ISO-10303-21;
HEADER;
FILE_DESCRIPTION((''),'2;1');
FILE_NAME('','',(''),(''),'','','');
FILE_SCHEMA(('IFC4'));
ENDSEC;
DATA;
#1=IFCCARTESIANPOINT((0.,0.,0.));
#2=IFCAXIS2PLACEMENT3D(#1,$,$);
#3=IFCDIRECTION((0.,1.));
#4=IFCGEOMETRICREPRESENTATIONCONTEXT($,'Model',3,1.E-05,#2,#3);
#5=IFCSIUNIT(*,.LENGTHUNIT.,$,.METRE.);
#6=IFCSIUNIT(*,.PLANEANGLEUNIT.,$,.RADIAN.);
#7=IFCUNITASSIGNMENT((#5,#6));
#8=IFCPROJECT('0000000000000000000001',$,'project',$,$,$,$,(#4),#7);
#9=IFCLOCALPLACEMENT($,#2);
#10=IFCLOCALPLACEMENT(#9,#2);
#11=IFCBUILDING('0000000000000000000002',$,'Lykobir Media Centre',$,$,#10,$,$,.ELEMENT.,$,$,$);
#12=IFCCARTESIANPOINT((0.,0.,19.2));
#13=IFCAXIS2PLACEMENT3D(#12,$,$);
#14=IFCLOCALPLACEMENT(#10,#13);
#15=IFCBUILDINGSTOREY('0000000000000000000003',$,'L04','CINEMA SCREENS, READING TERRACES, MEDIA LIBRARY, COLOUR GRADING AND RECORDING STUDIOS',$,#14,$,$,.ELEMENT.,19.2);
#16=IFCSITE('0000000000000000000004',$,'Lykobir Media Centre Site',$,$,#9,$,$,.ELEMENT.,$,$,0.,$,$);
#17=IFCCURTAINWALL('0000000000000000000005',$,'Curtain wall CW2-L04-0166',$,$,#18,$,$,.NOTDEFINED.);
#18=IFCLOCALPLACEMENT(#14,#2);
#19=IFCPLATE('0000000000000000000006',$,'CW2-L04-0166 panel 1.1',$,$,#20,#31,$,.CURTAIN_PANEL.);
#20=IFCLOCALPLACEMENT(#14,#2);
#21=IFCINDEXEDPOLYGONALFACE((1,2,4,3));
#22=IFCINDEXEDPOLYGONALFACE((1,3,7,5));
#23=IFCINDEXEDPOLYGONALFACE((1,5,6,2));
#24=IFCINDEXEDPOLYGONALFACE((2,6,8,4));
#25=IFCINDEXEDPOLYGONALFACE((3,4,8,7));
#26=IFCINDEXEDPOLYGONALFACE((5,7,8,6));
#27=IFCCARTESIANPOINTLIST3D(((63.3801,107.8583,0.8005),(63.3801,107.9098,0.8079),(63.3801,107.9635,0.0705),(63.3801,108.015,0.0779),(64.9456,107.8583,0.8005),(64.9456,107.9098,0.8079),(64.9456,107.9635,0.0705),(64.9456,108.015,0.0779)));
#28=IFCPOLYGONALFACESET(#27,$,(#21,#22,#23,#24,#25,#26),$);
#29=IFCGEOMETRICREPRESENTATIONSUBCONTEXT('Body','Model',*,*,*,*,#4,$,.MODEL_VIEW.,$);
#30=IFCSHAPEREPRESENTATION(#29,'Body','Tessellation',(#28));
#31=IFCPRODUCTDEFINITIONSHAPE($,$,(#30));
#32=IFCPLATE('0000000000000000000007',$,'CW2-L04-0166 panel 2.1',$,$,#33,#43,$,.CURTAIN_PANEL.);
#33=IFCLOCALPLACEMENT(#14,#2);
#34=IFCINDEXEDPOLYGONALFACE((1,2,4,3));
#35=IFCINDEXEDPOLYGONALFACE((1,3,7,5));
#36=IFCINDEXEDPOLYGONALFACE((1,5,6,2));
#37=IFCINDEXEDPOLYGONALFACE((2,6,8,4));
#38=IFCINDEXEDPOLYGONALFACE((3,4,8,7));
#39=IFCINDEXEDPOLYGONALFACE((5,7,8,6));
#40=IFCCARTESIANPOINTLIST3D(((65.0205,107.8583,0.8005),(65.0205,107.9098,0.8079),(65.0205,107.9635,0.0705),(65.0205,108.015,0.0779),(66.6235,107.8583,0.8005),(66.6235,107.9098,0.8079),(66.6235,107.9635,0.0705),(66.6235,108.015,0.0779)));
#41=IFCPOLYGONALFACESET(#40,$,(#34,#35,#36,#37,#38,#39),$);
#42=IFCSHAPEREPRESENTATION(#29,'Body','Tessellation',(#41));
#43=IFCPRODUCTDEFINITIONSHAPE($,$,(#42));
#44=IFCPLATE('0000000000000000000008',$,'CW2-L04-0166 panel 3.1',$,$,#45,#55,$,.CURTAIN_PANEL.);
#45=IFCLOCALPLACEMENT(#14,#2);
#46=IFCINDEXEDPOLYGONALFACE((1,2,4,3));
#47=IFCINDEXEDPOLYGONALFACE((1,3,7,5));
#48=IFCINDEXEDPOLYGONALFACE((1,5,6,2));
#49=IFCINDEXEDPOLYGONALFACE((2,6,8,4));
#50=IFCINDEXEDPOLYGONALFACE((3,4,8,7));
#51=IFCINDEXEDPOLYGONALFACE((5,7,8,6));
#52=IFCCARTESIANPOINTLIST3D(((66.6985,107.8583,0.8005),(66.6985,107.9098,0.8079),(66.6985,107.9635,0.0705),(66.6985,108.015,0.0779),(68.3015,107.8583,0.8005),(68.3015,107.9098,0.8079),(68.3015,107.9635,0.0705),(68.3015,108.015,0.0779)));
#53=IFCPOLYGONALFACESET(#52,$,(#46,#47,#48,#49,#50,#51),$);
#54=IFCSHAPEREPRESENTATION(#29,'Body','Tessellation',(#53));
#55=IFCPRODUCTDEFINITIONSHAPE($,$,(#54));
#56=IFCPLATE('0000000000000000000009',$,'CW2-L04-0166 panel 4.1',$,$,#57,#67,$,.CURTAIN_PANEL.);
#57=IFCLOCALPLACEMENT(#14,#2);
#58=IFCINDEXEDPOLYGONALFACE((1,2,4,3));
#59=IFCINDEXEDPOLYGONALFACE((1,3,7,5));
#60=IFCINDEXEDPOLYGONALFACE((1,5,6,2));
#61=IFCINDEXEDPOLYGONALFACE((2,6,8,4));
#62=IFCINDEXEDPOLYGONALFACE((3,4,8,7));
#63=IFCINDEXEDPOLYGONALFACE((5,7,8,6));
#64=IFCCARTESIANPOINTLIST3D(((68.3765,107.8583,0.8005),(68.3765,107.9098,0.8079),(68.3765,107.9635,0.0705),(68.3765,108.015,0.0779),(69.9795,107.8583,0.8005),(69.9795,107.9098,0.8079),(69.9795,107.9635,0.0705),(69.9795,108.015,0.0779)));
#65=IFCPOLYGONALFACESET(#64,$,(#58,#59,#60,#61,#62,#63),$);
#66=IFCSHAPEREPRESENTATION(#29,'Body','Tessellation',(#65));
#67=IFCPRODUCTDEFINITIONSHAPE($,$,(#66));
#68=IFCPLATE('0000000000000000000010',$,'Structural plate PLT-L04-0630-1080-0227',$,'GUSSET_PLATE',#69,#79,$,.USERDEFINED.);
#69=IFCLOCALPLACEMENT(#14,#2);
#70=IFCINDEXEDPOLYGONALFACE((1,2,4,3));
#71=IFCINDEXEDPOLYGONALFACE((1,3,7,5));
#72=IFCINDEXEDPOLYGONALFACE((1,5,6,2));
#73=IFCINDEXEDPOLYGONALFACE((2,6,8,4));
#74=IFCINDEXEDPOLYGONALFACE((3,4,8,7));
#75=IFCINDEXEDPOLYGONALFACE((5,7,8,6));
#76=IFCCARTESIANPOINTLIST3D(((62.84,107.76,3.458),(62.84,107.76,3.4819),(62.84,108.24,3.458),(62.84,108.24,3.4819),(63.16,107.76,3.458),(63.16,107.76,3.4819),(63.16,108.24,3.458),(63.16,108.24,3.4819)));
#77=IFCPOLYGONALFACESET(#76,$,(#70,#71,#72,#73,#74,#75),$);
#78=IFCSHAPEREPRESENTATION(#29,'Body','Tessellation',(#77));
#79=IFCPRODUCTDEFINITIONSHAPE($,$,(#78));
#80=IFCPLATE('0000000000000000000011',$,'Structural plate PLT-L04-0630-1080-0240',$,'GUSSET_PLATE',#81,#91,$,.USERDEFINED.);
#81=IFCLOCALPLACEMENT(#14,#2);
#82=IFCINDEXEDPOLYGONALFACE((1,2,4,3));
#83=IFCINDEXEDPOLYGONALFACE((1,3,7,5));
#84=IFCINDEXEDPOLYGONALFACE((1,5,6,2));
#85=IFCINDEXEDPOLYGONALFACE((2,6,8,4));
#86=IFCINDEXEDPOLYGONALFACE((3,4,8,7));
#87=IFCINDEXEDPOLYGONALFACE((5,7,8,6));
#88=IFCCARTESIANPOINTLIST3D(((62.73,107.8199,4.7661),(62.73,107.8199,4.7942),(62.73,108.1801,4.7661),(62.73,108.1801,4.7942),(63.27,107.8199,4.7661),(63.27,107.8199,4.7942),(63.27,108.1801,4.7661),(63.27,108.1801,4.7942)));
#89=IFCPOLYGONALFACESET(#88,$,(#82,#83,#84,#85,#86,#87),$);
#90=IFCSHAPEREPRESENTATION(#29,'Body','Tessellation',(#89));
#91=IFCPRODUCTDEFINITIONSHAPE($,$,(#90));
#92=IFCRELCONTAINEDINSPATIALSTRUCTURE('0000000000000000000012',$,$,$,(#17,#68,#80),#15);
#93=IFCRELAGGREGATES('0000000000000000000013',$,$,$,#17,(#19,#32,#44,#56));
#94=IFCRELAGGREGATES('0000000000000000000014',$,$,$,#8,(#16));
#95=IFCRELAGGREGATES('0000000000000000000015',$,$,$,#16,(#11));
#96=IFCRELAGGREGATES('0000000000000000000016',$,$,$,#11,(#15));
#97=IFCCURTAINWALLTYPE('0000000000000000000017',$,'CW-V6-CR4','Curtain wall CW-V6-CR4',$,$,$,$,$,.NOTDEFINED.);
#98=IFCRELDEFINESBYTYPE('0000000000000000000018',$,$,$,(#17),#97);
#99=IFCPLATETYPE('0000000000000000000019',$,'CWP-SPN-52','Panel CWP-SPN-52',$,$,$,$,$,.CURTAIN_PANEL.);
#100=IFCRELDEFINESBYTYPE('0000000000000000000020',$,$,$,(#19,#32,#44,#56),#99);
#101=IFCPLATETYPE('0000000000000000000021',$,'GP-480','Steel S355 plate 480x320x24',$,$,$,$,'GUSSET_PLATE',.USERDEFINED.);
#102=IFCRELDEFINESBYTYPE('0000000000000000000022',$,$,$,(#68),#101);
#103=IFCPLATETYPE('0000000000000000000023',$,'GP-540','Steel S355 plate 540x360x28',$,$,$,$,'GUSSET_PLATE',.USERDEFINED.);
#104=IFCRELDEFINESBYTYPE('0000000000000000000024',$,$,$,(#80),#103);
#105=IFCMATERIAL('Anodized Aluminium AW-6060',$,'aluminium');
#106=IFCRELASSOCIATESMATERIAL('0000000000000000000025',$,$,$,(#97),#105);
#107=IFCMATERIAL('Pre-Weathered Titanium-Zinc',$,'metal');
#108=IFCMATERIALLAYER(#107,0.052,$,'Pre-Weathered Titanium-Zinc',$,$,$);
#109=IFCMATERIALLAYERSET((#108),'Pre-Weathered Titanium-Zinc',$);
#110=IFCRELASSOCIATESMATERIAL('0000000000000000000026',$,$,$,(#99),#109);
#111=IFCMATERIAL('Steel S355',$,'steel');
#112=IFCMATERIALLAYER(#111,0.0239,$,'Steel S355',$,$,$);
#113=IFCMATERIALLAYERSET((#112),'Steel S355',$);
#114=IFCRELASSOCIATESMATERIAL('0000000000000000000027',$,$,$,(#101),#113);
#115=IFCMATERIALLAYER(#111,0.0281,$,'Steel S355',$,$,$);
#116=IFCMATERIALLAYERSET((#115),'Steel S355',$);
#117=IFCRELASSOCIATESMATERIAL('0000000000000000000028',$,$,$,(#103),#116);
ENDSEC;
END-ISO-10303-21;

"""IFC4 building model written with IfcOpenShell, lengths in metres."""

from ifc_helpers import new_model, si_unit, direction, frame, origin, origin_2d, place, context, subcontext, project, spatial, rectangle, extrude, material, layer, layer_set, type_object, element, aggregate, save


model = new_model("IFC4")

# Units and contexts
model_context = context("Model", 3, precision=1e-05, world=origin(), true_north=direction((0.0, 1.0)))
body_context = subcontext(model_context, "Body", "Model", "MODEL_VIEW")
ifc_project = project(units=[si_unit("LENGTHUNIT", "METRE"), si_unit("PLANEANGLEUNIT", "RADIAN")], contexts=[model_context])

# Site, building, storey
site_placement = place(None, origin())
site = spatial("IfcSite", under=ifc_project, at=site_placement, Name="Lykobir Media Centre Site", CompositionType="ELEMENT", RefElevation=0.0)
building_placement = place(site_placement, origin())
building = spatial("IfcBuilding", under=site, at=building_placement, Name="Lykobir Media Centre", CompositionType="ELEMENT")
storey_placement = place(building_placement, frame((0.0, 0.0, 19.2)))
storey = spatial("IfcBuildingStorey", under=building, at=storey_placement, Name="L04", Description="CINEMA SCREENS, READING TERRACES, MEDIA LIBRARY, COLOUR GRADING AND RECORDING STUDIOS", CompositionType="ELEMENT", Elevation=19.2)

# Shared definitions
ifc_material_1 = material(Name="Steel S355", Category="steel")

# Curtain wall
ifc_material_2 = material(Name="Anodized Aluminium AW-6060", Category="aluminium")
curtain_wall_type_1 = type_object("IfcCurtainWallType", Name="CW-V6-CR4", Description="Curtain wall CW-V6-CR4", PredefinedType="NOTDEFINED", material=ifc_material_2)
curtain_wall_1_placement = place(storey_placement, origin())
curtain_wall_1 = element("IfcCurtainWall", 1, at=curtain_wall_1_placement, inside=storey, type_object=curtain_wall_type_1, Name="Curtain wall CW2-L04-0166", PredefinedType="NOTDEFINED")

# Plates
ifc_material_3 = material(Name="Pre-Weathered Titanium-Zinc", Category="metal")
ifc_layer_1 = layer(ifc_material_3, 0.052, Name="Pre-Weathered Titanium-Zinc")
ifc_layer_set_1 = layer_set([ifc_layer_1], Name="Pre-Weathered Titanium-Zinc")
plate_type_1 = type_object("IfcPlateType", Name="CWP-SPN-52", Description="Panel CWP-SPN-52", PredefinedType="CURTAIN_PANEL", material=ifc_layer_set_1)
plate_1_placement = place(storey_placement, frame((64.1628, 107.9893, 0.0742), z_axis=(0.0, -0.142629, 0.989776), x_axis=(1.0, 0.0, 0.0)))
plate_1 = element("IfcPlate", 2, at=plate_1_placement, type_object=plate_type_1, Name="CW2-L04-0166 panel 1.1", PredefinedType="CURTAIN_PANEL", context=body_context, shape_type="SweptSolid", body=[
    extrude(rectangle(XDim=1.5654, YDim=0.052, at=origin_2d()), origin(), (0.0, 0.0, 1.0), 0.7375),
])
plate_2_placement = place(storey_placement, frame((65.822, 107.9893, 0.0742), z_axis=(0.0, -0.142629, 0.989776), x_axis=(1.0, 0.0, 0.0)))
plate_2 = element("IfcPlate", 3, at=plate_2_placement, type_object=plate_type_1, Name="CW2-L04-0166 panel 2.1", PredefinedType="CURTAIN_PANEL", context=body_context, shape_type="SweptSolid", body=[
    extrude(rectangle(XDim=1.603, YDim=0.052, at=origin_2d()), origin(), (0.0, 0.0, 1.0), 0.7375),
])
plate_3_placement = place(storey_placement, frame((67.5, 107.9893, 0.0742), z_axis=(0.0, -0.142629, 0.989776), x_axis=(1.0, 0.0, 0.0)))
plate_3 = element("IfcPlate", 4, at=plate_3_placement, type_object=plate_type_1, Name="CW2-L04-0166 panel 3.1", PredefinedType="CURTAIN_PANEL", context=body_context, shape_type="SweptSolid", body=[
    extrude(rectangle(XDim=1.603, YDim=0.052, at=origin_2d()), origin(), (0.0, 0.0, 1.0), 0.7375),
])
plate_4_placement = place(storey_placement, frame((69.178, 107.9893, 0.0742), z_axis=(0.0, -0.142629, 0.989776), x_axis=(1.0, 0.0, 0.0)))
plate_4 = element("IfcPlate", 5, at=plate_4_placement, type_object=plate_type_1, Name="CW2-L04-0166 panel 4.1", PredefinedType="CURTAIN_PANEL", context=body_context, shape_type="SweptSolid", body=[
    extrude(rectangle(XDim=1.603, YDim=0.052, at=origin_2d()), origin(), (0.0, 0.0, 1.0), 0.7375),
])
aggregate(curtain_wall_1, [plate_1, plate_2, plate_3, plate_4])

# Plates
ifc_layer_2 = layer(ifc_material_1, 0.0239, Name="Steel S355")
ifc_layer_set_2 = layer_set([ifc_layer_2], Name="Steel S355")
plate_type_2 = type_object("IfcPlateType", Name="GP-480", Description="Steel S355 plate 480x320x24", ElementType="GUSSET_PLATE", PredefinedType="USERDEFINED", material=ifc_layer_set_2)
plate_5_placement = place(storey_placement, frame((63.0, 108.0, 3.458), z_axis=(0.0, 0.0, 1.0), x_axis=(0.0, 1.0, 0.0)))
element("IfcPlate", 6, at=plate_5_placement, inside=storey, type_object=plate_type_2, Name="Structural plate PLT-L04-0630-1080-0227", ObjectType="GUSSET_PLATE", PredefinedType="USERDEFINED", context=body_context, shape_type="SweptSolid", body=[
    extrude(rectangle(XDim=0.48, YDim=0.3201, at=origin_2d()), origin(), (0.0, 0.0, 1.0), 0.0239),
])
ifc_layer_3 = layer(ifc_material_1, 0.0281, Name="Steel S355")
ifc_layer_set_3 = layer_set([ifc_layer_3], Name="Steel S355")
plate_type_3 = type_object("IfcPlateType", Name="GP-540", Description="Steel S355 plate 540x360x28", ElementType="GUSSET_PLATE", PredefinedType="USERDEFINED", material=ifc_layer_set_3)
plate_6_placement = place(storey_placement, frame((63.0, 108.0, 4.7661), z_axis=(0.0, 0.0, 1.0), x_axis=(1.0, 0.0, 0.0)))
element("IfcPlate", 7, at=plate_6_placement, inside=storey, type_object=plate_type_3, Name="Structural plate PLT-L04-0630-1080-0240", ObjectType="GUSSET_PLATE", PredefinedType="USERDEFINED", context=body_context, shape_type="SweptSolid", body=[
    extrude(rectangle(XDim=0.54, YDim=0.3601, at=origin_2d()), origin(), (0.0, 0.0, 1.0), 0.0281),
])

save(model, "model.ifc")
